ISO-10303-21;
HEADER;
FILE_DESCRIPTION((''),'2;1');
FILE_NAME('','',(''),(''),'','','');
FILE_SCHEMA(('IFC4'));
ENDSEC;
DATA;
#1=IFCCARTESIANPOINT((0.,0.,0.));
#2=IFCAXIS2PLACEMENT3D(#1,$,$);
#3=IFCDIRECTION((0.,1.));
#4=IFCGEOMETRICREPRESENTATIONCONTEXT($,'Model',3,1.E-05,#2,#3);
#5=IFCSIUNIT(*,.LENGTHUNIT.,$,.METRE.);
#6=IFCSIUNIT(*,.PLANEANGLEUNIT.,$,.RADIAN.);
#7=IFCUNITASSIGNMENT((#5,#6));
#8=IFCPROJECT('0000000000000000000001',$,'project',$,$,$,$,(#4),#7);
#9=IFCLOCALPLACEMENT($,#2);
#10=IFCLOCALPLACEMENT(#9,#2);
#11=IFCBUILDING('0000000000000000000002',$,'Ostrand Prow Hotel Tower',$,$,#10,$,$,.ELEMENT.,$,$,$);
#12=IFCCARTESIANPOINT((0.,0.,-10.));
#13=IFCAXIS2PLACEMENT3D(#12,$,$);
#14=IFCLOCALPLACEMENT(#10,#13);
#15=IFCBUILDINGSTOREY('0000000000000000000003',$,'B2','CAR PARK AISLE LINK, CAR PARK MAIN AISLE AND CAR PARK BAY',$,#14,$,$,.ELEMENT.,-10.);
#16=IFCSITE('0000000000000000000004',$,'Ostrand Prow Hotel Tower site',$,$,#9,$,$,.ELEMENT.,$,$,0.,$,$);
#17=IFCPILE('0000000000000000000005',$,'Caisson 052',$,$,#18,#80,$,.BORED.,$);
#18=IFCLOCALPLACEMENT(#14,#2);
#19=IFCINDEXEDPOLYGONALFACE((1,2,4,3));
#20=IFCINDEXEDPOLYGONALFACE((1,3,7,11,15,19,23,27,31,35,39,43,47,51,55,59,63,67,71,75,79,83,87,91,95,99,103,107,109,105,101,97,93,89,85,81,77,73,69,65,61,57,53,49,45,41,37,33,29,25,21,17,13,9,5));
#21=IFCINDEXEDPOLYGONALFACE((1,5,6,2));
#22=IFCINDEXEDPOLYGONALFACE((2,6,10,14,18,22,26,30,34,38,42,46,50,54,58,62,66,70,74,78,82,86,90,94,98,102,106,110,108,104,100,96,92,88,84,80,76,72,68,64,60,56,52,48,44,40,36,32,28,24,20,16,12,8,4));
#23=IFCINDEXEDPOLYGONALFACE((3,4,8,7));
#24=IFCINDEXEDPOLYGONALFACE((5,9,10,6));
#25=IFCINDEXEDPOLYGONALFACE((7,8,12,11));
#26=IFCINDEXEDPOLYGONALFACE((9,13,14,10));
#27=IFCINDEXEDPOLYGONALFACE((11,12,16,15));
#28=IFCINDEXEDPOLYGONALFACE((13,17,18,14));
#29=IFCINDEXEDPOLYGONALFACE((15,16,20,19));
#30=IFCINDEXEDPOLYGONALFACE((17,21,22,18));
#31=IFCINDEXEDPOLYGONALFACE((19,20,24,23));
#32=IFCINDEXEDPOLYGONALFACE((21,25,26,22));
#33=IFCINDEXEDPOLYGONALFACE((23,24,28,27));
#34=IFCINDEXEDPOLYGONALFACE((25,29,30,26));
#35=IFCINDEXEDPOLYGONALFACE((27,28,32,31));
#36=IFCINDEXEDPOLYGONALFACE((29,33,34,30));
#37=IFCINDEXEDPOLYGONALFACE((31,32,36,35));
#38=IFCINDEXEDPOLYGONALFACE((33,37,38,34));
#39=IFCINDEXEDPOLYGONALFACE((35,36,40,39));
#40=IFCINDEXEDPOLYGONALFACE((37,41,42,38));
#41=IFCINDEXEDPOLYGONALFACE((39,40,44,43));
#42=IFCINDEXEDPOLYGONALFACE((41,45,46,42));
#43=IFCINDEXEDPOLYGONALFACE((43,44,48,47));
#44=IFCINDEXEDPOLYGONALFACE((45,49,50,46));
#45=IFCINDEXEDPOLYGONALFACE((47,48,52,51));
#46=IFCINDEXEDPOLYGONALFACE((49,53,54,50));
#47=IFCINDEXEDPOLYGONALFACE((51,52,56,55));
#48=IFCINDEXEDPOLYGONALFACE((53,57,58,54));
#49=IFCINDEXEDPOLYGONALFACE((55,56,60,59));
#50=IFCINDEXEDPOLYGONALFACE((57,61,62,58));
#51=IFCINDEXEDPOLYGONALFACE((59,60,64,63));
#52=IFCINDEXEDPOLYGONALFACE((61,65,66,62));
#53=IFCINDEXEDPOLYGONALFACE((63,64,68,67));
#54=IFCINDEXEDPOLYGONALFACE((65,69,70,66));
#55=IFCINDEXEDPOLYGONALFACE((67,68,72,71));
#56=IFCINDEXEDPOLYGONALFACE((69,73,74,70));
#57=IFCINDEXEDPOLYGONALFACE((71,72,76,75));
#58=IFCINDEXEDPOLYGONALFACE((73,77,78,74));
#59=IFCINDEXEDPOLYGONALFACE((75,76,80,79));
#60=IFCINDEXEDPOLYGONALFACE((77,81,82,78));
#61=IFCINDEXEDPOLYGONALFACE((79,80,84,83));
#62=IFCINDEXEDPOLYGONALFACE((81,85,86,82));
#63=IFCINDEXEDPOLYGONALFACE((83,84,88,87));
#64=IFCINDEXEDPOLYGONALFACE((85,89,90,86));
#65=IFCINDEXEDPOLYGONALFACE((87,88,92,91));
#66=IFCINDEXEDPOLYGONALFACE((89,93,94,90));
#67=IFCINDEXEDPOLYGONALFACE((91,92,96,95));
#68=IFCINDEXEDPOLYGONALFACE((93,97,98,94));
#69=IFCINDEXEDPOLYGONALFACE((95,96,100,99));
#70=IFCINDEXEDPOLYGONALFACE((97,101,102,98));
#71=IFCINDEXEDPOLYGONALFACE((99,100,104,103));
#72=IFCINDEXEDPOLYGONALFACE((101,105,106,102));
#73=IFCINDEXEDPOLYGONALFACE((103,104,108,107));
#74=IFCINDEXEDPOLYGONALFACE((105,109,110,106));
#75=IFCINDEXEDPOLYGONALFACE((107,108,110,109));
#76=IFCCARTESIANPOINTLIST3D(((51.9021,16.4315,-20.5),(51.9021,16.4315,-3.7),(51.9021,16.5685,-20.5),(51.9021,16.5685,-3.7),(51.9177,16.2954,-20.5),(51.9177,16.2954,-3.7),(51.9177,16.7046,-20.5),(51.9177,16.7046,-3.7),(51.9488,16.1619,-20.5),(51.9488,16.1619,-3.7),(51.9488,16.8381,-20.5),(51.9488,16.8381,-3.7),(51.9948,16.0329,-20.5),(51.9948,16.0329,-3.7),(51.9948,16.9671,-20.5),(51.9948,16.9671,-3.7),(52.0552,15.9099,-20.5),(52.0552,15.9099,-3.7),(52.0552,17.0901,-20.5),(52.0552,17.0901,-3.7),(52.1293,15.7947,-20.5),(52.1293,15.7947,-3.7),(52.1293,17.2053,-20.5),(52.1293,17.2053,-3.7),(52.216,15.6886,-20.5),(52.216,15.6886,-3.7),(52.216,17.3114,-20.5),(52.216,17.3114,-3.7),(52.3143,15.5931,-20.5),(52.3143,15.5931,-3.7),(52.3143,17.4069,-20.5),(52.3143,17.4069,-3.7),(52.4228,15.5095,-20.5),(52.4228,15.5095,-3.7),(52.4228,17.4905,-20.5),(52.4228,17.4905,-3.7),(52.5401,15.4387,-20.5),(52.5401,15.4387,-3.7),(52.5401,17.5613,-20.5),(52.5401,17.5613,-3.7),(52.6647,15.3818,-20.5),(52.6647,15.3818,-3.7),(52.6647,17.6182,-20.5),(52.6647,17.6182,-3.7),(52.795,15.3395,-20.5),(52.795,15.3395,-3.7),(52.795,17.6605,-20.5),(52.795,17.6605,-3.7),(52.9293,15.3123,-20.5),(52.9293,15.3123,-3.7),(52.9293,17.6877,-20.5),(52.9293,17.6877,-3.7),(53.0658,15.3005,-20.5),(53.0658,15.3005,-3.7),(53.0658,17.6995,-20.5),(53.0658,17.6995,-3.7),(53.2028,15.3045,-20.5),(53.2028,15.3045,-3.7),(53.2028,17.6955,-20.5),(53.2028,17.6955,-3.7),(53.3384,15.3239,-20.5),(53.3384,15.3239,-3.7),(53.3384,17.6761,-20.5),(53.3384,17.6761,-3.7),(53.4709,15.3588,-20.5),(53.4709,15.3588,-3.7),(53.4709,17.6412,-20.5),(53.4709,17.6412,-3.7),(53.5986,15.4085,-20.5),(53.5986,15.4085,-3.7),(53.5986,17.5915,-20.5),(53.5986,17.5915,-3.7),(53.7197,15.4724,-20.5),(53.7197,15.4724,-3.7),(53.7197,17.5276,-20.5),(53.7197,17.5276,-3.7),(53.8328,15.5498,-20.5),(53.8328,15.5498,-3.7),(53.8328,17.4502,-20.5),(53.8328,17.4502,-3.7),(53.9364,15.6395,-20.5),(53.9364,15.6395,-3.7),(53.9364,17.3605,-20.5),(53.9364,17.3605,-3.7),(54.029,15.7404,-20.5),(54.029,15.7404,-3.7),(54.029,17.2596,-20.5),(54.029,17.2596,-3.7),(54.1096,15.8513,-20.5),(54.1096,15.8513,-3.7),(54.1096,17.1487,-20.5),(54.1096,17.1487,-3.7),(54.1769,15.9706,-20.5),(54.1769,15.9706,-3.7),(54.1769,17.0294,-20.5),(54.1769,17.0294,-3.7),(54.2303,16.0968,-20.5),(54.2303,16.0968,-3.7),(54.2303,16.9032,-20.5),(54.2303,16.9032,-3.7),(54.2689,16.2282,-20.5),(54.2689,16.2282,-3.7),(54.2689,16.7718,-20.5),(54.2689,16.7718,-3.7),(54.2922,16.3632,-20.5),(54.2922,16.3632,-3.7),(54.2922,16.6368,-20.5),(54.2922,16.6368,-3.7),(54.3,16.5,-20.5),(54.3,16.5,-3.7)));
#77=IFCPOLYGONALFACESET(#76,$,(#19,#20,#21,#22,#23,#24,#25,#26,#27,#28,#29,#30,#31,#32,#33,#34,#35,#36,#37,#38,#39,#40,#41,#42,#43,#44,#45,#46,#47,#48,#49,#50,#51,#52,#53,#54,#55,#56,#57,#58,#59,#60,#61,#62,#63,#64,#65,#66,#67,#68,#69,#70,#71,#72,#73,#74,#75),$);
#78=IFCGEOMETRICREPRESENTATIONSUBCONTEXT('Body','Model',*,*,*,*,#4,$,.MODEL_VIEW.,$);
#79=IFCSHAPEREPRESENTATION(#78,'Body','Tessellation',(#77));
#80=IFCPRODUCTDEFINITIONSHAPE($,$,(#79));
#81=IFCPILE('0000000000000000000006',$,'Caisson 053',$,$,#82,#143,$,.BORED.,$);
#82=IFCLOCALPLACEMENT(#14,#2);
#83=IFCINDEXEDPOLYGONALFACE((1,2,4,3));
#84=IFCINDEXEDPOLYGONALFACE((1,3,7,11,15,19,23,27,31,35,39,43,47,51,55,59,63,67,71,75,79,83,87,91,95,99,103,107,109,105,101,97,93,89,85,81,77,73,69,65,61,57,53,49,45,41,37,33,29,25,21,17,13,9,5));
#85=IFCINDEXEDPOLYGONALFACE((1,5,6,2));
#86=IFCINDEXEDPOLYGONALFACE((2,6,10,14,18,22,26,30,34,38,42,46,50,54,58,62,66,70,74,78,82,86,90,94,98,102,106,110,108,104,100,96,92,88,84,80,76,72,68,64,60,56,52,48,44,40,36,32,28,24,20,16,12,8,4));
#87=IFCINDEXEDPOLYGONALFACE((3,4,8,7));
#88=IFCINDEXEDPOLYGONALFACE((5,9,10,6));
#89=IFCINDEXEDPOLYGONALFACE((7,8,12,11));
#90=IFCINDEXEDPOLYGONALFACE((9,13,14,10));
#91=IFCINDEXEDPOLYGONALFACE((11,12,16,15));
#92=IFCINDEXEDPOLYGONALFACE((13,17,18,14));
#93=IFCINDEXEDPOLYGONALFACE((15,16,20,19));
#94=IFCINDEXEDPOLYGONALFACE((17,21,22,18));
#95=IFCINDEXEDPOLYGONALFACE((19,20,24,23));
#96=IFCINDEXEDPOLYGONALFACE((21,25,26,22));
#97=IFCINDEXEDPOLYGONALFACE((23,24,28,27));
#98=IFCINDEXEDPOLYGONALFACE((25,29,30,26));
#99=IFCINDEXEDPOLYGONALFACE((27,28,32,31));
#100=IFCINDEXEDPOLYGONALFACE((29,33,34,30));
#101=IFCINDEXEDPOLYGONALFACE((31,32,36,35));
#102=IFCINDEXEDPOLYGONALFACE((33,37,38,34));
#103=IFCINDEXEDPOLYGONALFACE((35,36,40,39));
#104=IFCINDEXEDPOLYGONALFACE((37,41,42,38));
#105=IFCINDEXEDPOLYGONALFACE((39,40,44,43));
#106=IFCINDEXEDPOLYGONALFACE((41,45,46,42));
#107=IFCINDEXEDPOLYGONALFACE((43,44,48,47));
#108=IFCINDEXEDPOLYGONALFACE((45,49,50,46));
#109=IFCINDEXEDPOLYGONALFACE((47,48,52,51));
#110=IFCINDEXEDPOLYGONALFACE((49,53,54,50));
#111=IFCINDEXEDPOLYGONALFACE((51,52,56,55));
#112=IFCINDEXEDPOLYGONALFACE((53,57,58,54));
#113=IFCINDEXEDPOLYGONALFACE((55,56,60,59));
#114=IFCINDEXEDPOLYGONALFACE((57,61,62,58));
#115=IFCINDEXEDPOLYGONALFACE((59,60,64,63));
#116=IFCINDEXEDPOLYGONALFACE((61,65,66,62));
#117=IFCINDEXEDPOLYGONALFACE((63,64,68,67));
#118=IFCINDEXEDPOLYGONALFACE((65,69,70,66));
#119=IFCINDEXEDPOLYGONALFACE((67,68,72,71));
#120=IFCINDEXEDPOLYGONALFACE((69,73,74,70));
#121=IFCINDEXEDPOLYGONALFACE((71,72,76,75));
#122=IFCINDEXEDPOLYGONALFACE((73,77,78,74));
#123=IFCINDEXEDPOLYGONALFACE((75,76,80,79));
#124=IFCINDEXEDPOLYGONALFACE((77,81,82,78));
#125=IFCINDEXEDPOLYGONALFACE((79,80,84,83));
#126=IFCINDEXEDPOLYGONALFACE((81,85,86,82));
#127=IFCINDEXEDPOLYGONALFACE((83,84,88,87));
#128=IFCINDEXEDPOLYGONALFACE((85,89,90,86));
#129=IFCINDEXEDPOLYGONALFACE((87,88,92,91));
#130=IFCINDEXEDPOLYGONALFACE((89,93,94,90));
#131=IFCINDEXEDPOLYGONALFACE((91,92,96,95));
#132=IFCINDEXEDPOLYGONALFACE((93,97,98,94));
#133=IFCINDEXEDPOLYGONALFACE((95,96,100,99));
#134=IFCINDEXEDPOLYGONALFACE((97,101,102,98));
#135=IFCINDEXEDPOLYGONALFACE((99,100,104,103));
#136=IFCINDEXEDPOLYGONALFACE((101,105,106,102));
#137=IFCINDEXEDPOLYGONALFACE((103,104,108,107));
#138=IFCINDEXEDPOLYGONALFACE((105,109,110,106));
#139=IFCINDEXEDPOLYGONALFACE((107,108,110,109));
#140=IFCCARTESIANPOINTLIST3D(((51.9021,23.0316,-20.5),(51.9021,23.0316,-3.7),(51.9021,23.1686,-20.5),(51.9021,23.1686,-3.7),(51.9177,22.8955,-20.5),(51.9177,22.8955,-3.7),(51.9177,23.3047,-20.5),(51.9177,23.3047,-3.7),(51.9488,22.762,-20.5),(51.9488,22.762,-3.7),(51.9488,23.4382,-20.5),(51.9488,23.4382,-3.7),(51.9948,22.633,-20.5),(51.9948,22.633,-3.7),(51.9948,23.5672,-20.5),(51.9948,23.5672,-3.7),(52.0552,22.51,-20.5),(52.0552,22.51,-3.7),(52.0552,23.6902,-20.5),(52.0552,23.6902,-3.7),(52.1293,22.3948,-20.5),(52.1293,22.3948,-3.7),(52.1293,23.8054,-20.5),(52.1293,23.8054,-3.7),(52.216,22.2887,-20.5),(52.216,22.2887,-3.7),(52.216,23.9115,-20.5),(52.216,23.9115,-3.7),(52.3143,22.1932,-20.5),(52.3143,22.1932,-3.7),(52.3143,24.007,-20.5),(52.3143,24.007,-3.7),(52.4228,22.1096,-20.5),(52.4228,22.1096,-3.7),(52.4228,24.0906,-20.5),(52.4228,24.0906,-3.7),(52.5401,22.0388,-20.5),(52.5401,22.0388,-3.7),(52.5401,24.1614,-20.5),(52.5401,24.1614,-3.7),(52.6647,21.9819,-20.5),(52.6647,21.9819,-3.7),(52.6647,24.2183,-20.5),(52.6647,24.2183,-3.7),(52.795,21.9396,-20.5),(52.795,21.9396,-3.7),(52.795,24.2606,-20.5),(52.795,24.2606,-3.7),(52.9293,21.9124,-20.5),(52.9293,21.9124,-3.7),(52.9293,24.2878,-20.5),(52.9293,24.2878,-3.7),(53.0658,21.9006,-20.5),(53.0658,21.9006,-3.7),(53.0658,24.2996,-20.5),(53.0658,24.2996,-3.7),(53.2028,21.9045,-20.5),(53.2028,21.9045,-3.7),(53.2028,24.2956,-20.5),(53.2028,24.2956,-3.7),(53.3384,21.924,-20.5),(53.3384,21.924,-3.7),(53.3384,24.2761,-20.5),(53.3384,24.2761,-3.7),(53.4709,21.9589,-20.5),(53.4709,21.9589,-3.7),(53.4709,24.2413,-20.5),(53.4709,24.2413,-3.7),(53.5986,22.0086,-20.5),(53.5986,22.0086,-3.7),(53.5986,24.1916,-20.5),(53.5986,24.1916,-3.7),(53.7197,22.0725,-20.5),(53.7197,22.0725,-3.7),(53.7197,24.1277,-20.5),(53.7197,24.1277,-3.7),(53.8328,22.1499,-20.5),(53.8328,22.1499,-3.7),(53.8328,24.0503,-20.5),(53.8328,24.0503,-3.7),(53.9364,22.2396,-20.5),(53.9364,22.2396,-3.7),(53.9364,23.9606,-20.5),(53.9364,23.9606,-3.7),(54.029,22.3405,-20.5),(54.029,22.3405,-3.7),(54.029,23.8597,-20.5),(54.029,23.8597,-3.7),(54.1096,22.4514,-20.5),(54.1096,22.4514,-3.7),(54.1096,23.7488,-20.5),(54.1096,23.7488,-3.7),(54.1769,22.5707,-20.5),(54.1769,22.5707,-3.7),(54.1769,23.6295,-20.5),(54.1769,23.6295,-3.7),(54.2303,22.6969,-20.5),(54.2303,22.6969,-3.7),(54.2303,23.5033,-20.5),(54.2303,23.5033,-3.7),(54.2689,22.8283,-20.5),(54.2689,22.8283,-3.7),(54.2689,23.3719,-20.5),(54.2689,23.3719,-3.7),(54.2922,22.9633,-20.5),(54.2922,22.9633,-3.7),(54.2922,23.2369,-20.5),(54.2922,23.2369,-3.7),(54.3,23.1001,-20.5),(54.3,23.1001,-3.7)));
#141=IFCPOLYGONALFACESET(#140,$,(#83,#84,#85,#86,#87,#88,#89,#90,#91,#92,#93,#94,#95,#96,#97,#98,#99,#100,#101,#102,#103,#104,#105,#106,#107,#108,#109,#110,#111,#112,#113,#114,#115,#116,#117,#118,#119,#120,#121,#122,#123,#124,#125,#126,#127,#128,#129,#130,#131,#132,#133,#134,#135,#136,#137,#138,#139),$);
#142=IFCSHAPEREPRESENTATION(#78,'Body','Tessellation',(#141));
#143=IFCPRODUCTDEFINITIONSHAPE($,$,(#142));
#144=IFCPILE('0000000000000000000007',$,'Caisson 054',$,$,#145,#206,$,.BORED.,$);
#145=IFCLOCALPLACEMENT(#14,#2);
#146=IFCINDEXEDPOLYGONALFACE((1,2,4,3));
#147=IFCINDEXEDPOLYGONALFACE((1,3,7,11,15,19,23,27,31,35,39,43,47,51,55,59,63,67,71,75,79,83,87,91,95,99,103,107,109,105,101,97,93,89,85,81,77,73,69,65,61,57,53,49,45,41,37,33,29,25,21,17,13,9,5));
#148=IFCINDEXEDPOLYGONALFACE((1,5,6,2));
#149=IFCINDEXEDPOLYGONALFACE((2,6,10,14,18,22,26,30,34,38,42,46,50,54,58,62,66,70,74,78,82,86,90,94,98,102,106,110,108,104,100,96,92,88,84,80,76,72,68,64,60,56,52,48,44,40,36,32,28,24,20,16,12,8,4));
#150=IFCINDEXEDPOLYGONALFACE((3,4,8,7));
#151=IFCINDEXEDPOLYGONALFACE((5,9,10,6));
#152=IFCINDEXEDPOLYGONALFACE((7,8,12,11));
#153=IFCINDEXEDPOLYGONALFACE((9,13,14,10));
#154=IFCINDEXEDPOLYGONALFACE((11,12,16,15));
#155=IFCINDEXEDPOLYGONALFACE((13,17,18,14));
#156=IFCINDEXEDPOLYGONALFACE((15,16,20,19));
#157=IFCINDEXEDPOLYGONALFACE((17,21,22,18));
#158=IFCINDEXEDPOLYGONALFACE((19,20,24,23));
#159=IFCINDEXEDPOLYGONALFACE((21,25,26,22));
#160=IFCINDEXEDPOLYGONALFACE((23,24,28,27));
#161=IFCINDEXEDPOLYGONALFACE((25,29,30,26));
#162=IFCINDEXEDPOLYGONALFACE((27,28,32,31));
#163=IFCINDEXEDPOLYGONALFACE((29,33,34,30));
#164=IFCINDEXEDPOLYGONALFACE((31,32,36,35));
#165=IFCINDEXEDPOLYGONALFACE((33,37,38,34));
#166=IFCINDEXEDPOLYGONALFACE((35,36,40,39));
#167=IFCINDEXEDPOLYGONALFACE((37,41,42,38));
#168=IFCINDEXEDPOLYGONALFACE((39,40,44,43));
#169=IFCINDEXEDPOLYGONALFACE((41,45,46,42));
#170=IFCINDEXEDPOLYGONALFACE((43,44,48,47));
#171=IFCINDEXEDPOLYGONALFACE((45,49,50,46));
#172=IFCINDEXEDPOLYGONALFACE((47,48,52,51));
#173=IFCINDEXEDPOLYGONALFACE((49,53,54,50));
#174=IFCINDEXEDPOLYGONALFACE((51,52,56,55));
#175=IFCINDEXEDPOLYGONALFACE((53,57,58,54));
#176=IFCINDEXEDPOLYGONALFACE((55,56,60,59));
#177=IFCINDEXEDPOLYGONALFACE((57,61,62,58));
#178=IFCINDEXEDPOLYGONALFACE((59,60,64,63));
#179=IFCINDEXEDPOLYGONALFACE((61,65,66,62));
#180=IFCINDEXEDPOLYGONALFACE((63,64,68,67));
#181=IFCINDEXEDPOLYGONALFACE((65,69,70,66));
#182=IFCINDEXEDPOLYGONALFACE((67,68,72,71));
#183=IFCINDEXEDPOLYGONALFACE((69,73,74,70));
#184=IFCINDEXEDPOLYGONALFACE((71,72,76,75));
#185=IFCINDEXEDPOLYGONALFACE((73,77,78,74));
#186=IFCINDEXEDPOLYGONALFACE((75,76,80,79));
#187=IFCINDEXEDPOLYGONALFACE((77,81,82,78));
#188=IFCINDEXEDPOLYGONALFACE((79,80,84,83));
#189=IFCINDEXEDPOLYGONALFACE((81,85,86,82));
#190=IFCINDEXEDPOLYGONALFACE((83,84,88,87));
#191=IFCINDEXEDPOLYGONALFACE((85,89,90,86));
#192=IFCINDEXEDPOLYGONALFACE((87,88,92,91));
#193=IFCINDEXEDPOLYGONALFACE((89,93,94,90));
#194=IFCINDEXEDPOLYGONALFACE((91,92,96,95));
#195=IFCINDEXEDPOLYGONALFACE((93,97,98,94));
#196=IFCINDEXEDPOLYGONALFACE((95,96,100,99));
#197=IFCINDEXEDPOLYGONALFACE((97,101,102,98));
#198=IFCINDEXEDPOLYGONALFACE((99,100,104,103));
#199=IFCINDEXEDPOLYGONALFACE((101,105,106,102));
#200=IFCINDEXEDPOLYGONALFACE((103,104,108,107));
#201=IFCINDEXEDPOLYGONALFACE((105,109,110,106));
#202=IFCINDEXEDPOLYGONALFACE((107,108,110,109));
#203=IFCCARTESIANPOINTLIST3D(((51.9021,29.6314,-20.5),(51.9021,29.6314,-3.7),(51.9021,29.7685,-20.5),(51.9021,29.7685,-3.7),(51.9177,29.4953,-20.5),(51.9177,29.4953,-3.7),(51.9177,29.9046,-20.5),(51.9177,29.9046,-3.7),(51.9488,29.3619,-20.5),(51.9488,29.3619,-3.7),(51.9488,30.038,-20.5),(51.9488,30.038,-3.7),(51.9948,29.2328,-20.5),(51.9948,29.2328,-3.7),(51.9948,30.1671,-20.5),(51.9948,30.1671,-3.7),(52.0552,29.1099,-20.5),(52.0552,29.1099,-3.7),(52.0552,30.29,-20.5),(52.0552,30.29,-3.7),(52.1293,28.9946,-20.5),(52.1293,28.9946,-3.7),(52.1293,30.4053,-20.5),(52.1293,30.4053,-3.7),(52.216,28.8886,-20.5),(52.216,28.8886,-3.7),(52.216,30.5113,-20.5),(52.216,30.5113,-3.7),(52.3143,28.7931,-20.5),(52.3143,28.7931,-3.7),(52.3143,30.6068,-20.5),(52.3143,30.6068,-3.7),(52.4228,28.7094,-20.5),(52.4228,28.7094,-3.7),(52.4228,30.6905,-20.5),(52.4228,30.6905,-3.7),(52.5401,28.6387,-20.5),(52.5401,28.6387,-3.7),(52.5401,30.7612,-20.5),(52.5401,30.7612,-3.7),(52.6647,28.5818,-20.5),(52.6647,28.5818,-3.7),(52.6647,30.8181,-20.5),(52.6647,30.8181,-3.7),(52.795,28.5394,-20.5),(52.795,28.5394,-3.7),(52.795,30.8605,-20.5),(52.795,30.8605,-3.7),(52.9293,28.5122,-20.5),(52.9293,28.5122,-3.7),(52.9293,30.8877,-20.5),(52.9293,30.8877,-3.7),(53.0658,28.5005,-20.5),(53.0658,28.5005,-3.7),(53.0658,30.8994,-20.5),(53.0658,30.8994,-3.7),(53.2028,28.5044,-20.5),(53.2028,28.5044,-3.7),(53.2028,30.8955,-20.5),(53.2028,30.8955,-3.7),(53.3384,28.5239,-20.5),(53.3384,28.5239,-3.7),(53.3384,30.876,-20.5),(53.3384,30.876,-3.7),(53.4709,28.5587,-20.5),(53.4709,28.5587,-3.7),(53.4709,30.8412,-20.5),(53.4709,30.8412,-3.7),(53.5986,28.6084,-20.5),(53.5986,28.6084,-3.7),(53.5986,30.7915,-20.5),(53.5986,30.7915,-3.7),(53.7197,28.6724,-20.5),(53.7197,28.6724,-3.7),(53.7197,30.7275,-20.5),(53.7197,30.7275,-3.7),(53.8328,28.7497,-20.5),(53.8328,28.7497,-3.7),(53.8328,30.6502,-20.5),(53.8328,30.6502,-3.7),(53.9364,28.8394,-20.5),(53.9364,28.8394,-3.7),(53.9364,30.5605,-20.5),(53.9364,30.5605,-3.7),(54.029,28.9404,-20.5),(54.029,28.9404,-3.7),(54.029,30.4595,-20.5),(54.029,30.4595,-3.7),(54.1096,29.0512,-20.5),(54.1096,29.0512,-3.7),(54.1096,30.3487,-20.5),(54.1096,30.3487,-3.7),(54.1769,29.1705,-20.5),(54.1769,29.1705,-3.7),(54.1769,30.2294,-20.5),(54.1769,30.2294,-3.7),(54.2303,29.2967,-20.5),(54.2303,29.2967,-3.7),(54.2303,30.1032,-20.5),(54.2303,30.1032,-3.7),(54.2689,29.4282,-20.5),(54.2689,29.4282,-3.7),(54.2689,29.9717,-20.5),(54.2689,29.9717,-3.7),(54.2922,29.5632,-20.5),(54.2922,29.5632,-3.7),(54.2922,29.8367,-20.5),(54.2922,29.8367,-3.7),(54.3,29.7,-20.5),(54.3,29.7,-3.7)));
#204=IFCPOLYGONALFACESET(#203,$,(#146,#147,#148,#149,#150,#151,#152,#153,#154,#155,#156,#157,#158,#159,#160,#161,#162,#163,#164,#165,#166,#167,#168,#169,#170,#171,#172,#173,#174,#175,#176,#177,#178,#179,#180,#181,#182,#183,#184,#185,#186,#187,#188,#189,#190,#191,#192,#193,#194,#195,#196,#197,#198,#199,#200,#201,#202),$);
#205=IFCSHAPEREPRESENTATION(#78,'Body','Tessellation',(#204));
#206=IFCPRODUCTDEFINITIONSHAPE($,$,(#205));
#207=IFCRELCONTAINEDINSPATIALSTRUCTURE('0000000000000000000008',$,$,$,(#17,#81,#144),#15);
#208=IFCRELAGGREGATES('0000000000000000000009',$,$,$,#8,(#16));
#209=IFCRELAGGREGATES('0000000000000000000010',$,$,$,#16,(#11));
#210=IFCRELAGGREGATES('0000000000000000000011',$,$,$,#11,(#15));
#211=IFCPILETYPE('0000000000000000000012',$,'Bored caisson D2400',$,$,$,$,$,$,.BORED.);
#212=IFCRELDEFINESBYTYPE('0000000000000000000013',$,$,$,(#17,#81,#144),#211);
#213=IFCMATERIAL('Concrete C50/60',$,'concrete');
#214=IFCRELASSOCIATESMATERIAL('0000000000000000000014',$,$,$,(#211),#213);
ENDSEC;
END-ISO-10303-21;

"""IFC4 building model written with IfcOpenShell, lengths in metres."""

from ifc_helpers import new_model, si_unit, direction, frame, origin, origin_2d, place, context, subcontext, project, spatial, circle, extrude, material, type_object, element, save


model = new_model("IFC4")

# Units and contexts
model_context = context("Model", 3, precision=1e-05, world=origin(), true_north=direction((0.0, 1.0)))
body_context = subcontext(model_context, "Body", "Model", "MODEL_VIEW")
ifc_project = project(units=[si_unit("LENGTHUNIT", "METRE"), si_unit("PLANEANGLEUNIT", "RADIAN")], contexts=[model_context])

# Site, building, storey
site_placement = place(None, origin())
site = spatial("IfcSite", under=ifc_project, at=site_placement, Name="Ostrand Prow Hotel Tower site", CompositionType="ELEMENT", RefElevation=0.0)
building_placement = place(site_placement, origin())
building = spatial("IfcBuilding", under=site, at=building_placement, Name="Ostrand Prow Hotel Tower", CompositionType="ELEMENT")
storey_placement = place(building_placement, frame((0.0, 0.0, -10.0)))
storey = spatial("IfcBuildingStorey", under=building, at=storey_placement, Name="B2", Description="CAR PARK AISLE LINK, CAR PARK MAIN AISLE AND CAR PARK BAY", CompositionType="ELEMENT", Elevation=-10.0)

# Piles
ifc_material_1 = material(Name="Concrete C50/60", Category="concrete")
pile_type_1 = type_object("IfcPileType", Name="Bored caisson D2400", PredefinedType="BORED", material=ifc_material_1)
for number, where, z_axis, x_axis, name in (
    (1, (53.1001, 16.5, -3.7), (0.0, 0.0, -1.0), (1.0, 0.0, 0.0), "Caisson 052"),
    (2, (53.1001, 23.1001, -3.7), (0.0, 0.0, -1.0), (1.0, 0.0, 0.0), "Caisson 053"),
    (3, (53.1001, 29.7, -3.7), (0.0, 0.0, -1.0), (1.0, 0.0, 0.0), "Caisson 054"),
):
    element("IfcPile", number, at=place(storey_placement, frame(where, z_axis=z_axis, x_axis=x_axis)), inside=storey, type_object=pile_type_1, Name=name, PredefinedType="BORED", context=body_context, shape_type="SweptSolid", body=[
        extrude(circle(Radius=1.2, at=origin_2d()), origin(), (0.0, 0.0, 1.0), 16.8),
    ])

save(model, "model.ifc")
